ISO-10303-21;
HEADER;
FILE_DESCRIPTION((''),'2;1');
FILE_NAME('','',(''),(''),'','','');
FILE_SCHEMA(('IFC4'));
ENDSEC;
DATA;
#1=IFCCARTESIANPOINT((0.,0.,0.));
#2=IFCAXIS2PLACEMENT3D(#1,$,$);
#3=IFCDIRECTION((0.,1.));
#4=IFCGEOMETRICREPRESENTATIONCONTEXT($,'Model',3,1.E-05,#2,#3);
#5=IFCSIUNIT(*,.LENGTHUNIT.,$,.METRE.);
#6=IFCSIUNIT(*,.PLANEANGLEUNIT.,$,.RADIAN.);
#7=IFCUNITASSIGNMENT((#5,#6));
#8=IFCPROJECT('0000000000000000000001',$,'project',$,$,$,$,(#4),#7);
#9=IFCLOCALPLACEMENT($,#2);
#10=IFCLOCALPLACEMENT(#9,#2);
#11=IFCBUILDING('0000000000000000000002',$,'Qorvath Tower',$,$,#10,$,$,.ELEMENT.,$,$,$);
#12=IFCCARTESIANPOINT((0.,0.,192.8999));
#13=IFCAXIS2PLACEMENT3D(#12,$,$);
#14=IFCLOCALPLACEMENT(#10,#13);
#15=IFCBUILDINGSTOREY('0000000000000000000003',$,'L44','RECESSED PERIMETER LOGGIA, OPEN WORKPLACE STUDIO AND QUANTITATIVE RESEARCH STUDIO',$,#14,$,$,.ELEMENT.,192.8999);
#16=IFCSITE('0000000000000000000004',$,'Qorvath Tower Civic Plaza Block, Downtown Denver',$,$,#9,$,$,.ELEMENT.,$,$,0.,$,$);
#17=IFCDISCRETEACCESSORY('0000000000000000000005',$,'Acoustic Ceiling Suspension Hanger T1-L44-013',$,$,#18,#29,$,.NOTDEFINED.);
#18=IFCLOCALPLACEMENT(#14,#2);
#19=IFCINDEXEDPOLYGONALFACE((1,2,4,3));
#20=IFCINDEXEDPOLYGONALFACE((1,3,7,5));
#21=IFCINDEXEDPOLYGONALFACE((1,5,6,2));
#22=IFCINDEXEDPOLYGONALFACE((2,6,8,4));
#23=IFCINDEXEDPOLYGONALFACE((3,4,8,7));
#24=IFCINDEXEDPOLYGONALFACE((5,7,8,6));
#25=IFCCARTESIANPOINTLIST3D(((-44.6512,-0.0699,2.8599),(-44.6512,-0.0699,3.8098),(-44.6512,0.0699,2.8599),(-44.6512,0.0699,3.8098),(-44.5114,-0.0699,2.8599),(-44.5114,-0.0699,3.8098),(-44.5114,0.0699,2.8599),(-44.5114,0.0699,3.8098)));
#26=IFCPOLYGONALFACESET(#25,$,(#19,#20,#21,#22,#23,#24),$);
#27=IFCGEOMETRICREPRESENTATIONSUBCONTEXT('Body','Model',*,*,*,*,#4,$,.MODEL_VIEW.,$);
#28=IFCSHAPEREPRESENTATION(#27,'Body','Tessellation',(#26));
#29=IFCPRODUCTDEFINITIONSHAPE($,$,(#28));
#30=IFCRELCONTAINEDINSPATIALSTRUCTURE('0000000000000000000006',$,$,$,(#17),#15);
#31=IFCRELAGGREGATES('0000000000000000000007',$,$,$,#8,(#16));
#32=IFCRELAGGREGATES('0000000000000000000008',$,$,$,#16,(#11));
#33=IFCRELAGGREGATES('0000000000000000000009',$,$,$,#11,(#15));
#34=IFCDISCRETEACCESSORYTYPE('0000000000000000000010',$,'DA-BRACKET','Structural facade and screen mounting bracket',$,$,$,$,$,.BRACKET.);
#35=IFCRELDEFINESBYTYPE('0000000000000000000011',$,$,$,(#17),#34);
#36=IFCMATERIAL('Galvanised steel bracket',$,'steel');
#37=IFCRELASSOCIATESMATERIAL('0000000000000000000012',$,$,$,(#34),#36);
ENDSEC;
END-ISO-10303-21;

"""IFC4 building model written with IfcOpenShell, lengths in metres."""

from ifc_helpers import new_model, si_unit, direction, frame, origin, origin_2d, place, context, subcontext, project, spatial, rectangle, extrude, material, type_object, element, save


model = new_model("IFC4")

# Units and contexts
model_context = context("Model", 3, precision=1e-05, world=origin(), true_north=direction((0.0, 1.0)))
body_context = subcontext(model_context, "Body", "Model", "MODEL_VIEW")
ifc_project = project(units=[si_unit("LENGTHUNIT", "METRE"), si_unit("PLANEANGLEUNIT", "RADIAN")], contexts=[model_context])

# Site, building, storey
site_placement = place(None, origin())
site = spatial("IfcSite", under=ifc_project, at=site_placement, Name="Qorvath Tower Civic Plaza Block, Downtown Denver", CompositionType="ELEMENT", RefElevation=0.0)
building_placement = place(site_placement, origin())
building = spatial("IfcBuilding", under=site, at=building_placement, Name="Qorvath Tower", CompositionType="ELEMENT")
storey_placement = place(building_placement, frame((0.0, 0.0, 192.8999)))
storey = spatial("IfcBuildingStorey", under=building, at=storey_placement, Name="L44", Description="RECESSED PERIMETER LOGGIA, OPEN WORKPLACE STUDIO AND QUANTITATIVE RESEARCH STUDIO", CompositionType="ELEMENT", Elevation=192.8999)

# Discrete accessory
ifc_material_1 = material(Name="Galvanised steel bracket", Category="steel")
discrete_accessory_type = type_object("IfcDiscreteAccessoryType", Name="DA-BRACKET", Description="Structural facade and screen mounting bracket", PredefinedType="BRACKET", material=ifc_material_1)
discrete_accessory_1_placement = place(storey_placement, frame((-44.5813, 0.0, 2.8599), z_axis=(0.0, 0.0, 1.0), x_axis=(1.0, 0.0, 0.0)))
element("IfcDiscreteAccessory", 1, at=discrete_accessory_1_placement, inside=storey, type_object=discrete_accessory_type, Name="Acoustic Ceiling Suspension Hanger T1-L44-013", PredefinedType="NOTDEFINED", context=body_context, shape_type="SweptSolid", body=[
    extrude(rectangle(XDim=0.1399, YDim=0.1399, at=origin_2d()), origin(), (0.0, 0.0, 1.0), 0.95),
])

save(model, "model.ifc")
